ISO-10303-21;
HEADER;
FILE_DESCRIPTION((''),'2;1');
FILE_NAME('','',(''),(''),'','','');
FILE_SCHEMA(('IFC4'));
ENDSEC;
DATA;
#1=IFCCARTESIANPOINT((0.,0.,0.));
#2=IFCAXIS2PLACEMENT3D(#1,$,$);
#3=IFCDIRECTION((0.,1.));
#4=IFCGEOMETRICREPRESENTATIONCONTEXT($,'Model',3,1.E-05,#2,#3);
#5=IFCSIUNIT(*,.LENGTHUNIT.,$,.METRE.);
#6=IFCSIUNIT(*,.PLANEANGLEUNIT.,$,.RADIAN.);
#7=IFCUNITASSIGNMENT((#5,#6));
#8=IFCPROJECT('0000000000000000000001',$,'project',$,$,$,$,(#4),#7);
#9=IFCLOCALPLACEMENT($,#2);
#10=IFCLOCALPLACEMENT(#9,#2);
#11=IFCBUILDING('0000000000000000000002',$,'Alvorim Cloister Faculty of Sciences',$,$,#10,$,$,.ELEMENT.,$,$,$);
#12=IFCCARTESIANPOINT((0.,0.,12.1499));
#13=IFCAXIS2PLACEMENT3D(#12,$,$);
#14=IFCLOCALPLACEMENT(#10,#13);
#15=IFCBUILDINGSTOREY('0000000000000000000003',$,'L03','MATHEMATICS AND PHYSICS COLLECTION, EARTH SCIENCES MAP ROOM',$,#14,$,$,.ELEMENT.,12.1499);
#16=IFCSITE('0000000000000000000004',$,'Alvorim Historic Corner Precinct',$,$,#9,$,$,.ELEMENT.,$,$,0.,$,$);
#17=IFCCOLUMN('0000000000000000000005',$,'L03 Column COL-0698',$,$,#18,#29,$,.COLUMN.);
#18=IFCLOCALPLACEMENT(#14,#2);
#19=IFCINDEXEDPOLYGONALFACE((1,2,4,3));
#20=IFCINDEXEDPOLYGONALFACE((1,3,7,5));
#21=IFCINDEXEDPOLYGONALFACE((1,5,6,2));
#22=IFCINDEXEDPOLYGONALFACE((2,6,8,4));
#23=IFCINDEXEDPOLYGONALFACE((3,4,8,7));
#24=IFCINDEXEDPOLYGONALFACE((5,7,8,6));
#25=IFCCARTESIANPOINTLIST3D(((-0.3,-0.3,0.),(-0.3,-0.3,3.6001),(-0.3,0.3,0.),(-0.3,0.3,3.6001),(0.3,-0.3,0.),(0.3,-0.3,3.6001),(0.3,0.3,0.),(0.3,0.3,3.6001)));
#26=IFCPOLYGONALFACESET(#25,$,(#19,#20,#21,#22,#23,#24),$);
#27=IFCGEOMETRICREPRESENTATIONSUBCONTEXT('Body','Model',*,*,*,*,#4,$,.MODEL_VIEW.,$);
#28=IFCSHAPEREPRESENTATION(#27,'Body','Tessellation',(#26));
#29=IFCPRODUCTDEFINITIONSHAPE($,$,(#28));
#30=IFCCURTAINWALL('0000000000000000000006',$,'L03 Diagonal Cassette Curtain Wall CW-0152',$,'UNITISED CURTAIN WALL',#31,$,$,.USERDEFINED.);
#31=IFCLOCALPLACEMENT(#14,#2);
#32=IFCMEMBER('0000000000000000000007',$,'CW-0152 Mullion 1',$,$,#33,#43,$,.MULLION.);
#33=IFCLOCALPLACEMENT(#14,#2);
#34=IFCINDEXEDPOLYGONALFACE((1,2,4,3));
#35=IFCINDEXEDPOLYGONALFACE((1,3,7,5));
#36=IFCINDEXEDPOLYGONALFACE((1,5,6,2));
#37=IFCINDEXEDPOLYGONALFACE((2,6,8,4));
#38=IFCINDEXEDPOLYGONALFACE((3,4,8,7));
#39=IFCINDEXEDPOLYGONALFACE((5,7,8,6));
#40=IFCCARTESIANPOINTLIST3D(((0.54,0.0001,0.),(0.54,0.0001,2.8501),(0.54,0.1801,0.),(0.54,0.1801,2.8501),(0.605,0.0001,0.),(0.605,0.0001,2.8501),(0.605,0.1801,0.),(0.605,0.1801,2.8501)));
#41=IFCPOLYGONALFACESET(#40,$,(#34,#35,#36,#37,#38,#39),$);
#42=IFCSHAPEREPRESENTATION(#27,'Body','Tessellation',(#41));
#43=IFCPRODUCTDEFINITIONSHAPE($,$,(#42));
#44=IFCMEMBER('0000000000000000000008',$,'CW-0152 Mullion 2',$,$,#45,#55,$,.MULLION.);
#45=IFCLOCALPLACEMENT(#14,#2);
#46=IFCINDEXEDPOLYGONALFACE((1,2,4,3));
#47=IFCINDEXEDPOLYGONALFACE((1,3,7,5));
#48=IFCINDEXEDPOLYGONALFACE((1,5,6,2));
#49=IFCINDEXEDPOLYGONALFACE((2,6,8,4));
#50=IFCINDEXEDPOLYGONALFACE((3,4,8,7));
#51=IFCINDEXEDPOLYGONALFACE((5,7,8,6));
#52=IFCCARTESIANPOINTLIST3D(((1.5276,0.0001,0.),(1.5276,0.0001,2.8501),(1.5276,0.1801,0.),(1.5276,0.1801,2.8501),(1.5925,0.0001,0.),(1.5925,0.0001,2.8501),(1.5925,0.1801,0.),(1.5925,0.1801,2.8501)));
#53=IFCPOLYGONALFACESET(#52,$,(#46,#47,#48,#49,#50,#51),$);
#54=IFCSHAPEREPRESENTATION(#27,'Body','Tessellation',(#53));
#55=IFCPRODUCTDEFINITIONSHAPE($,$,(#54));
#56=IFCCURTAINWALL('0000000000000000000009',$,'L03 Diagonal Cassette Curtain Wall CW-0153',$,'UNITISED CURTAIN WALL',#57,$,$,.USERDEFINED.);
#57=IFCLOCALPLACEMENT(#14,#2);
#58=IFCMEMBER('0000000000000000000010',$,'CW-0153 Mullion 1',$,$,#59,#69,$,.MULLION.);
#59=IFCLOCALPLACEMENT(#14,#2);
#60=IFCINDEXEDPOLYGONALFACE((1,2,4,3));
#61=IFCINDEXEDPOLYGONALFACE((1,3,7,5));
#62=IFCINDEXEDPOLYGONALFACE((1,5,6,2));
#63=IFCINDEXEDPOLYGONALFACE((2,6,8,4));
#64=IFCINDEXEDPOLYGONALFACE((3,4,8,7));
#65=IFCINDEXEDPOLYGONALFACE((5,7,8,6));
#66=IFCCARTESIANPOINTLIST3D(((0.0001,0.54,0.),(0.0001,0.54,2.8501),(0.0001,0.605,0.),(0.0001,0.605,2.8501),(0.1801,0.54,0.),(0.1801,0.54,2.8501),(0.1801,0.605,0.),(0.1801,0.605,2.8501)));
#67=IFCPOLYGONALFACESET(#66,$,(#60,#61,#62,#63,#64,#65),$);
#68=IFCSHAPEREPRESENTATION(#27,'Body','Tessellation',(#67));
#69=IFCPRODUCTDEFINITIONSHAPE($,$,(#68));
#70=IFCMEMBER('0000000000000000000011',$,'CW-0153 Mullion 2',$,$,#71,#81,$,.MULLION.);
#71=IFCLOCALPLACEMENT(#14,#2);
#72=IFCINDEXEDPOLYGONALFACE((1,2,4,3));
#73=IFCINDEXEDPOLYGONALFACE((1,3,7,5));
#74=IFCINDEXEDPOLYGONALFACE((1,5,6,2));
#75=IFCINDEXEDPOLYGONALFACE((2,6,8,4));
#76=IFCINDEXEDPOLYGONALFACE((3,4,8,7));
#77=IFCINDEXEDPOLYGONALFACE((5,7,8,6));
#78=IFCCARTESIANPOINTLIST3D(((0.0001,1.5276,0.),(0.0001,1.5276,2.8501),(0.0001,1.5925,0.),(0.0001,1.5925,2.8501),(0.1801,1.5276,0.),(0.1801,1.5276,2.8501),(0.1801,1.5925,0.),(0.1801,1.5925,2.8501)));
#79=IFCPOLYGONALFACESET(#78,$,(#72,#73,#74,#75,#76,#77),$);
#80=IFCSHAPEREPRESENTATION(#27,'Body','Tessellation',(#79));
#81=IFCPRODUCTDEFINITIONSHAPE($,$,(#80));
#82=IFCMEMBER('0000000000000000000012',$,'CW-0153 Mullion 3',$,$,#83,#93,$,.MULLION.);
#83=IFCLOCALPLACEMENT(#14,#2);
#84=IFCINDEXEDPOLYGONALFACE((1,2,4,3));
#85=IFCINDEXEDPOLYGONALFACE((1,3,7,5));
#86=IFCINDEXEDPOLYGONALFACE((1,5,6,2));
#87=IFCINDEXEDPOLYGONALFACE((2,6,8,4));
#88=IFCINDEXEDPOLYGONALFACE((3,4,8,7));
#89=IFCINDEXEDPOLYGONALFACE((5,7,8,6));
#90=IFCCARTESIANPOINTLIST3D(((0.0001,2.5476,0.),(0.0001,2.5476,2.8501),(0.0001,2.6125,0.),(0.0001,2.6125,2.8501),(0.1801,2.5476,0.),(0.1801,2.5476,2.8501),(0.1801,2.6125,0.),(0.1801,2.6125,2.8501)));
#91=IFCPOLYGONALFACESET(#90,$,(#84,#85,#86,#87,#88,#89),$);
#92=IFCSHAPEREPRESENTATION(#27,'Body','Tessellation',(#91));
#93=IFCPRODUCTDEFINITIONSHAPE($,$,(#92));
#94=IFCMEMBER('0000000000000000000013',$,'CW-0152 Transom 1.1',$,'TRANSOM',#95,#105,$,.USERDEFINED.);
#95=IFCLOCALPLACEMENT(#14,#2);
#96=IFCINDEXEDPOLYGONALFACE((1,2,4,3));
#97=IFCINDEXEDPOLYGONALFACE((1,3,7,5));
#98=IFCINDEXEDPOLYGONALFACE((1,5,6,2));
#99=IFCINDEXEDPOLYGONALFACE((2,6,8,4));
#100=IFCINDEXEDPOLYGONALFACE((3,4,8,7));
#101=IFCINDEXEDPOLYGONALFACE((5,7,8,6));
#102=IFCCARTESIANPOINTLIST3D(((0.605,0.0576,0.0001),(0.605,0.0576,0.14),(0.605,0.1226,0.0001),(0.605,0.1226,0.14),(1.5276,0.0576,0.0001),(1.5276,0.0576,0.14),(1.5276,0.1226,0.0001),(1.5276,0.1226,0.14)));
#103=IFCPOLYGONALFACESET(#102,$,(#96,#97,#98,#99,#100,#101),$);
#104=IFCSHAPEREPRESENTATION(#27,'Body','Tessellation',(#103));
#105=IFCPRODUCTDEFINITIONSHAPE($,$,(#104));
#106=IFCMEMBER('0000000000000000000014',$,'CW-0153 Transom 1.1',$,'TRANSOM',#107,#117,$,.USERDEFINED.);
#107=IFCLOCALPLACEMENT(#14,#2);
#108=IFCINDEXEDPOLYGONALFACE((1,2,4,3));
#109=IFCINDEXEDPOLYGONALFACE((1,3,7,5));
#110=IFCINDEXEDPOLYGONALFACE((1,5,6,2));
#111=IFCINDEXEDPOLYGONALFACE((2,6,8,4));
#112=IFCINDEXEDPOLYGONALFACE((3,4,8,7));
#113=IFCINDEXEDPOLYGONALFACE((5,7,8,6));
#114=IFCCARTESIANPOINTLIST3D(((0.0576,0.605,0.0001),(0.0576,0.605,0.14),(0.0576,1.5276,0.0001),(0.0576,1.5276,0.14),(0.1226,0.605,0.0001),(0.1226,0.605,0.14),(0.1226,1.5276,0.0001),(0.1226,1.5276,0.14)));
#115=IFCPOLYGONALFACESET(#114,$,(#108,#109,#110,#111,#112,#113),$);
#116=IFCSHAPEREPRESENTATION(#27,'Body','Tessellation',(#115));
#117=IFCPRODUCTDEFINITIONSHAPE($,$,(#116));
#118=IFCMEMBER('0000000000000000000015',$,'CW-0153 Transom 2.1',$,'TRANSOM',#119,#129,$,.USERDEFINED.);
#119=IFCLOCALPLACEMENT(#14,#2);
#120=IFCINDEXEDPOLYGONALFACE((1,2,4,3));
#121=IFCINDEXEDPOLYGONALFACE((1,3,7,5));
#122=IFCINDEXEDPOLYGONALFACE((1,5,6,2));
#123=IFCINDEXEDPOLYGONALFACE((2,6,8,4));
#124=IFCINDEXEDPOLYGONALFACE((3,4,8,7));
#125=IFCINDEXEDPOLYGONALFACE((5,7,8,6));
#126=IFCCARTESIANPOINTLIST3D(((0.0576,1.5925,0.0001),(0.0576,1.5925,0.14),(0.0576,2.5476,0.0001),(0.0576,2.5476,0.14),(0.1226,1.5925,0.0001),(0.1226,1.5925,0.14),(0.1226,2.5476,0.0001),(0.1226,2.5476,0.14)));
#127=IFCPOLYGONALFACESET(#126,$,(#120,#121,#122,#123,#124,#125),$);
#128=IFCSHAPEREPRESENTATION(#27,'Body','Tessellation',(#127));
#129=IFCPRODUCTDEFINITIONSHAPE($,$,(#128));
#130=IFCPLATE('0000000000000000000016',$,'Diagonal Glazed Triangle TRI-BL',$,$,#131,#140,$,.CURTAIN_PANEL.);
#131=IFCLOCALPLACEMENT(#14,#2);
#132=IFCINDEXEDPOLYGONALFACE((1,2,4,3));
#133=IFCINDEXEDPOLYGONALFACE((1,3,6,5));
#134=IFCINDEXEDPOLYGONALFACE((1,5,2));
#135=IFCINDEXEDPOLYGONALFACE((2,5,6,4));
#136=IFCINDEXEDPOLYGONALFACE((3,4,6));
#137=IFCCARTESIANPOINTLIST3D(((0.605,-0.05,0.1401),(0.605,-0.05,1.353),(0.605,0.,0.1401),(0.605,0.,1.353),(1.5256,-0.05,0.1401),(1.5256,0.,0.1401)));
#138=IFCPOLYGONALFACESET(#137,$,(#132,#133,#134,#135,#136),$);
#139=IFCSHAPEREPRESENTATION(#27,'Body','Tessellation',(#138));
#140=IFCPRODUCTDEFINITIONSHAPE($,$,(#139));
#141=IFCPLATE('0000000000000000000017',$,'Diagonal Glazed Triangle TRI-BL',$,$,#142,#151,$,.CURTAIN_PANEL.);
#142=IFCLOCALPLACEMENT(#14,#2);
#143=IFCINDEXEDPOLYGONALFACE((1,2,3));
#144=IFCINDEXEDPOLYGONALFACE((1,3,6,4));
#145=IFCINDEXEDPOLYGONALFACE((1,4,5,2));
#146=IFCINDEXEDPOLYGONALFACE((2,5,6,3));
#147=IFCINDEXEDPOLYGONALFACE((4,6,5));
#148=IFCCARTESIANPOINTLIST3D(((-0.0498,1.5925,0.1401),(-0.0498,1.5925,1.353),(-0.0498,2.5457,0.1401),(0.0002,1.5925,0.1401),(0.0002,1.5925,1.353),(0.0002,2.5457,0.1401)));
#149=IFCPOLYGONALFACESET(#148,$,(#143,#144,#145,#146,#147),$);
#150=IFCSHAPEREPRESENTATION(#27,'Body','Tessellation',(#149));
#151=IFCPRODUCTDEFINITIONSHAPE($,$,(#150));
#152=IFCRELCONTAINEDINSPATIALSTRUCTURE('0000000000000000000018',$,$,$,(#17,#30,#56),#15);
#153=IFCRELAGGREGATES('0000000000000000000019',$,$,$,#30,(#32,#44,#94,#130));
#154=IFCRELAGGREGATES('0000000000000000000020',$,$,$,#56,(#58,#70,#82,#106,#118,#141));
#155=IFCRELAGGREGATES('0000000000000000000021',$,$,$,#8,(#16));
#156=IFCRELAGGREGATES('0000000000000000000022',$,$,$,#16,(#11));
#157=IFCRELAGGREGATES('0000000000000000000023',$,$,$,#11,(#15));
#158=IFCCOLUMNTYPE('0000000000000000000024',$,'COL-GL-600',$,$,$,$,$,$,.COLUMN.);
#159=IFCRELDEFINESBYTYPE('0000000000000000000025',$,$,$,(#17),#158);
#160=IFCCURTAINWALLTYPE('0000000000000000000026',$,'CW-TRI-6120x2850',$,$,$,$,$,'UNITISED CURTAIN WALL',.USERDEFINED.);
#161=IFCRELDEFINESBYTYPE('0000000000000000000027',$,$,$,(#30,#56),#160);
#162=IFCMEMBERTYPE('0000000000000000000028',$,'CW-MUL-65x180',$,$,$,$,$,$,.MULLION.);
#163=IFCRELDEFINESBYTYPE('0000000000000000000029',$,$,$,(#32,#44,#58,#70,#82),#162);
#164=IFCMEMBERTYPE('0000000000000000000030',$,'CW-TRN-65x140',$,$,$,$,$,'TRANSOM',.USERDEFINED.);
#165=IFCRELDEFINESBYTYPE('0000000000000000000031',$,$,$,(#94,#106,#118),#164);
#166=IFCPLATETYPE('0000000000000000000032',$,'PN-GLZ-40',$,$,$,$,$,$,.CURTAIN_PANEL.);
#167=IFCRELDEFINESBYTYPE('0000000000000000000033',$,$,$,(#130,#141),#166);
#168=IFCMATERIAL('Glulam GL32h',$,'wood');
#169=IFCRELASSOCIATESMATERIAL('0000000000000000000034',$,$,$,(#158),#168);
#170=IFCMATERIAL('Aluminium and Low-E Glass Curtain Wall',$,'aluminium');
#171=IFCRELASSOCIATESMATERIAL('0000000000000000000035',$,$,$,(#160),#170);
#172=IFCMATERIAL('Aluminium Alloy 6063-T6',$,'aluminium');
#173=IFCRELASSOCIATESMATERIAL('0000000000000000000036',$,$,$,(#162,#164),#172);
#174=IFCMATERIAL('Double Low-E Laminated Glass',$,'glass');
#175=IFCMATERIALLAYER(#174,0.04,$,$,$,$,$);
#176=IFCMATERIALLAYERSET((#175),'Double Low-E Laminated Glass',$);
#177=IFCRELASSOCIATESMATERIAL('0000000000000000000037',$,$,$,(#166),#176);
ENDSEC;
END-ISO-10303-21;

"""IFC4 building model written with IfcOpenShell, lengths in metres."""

from ifc_helpers import new_model, si_unit, direction, frame, origin, origin_with_axes, origin_2d, place, context, subcontext, project, spatial, polyline, rectangle, outline, extrude, material, layer, layer_set, material_profile, profile_set, type_object, element, aggregate, save


model = new_model("IFC4")

# Units and contexts
model_context = context("Model", 3, precision=1e-05, world=origin(), true_north=direction((0.0, 1.0)))
body_context = subcontext(model_context, "Body", "Model", "MODEL_VIEW")
ifc_project = project(units=[si_unit("LENGTHUNIT", "METRE"), si_unit("PLANEANGLEUNIT", "RADIAN")], contexts=[model_context])

# Site, building, storey
site_placement = place(None, origin())
site = spatial("IfcSite", under=ifc_project, at=site_placement, Name="Alvorim Historic Corner Precinct", CompositionType="ELEMENT", RefElevation=0.0)
building_placement = place(site_placement, origin())
building = spatial("IfcBuilding", under=site, at=building_placement, Name="Alvorim Cloister Faculty of Sciences", CompositionType="ELEMENT")
storey_placement = place(building_placement, frame((0.0, 0.0, 12.1499)))
storey = spatial("IfcBuildingStorey", under=building, at=storey_placement, Name="L03", Description="MATHEMATICS AND PHYSICS COLLECTION, EARTH SCIENCES MAP ROOM", CompositionType="ELEMENT", Elevation=12.1499)

# Column
ifc_material_1 = material(Name="Glulam GL32h", Category="wood")
ifc_material_profile_1 = material_profile(ifc_material_1, rectangle(XDim=0.6001, YDim=0.6001, at=origin_2d()), Name="GL32-COL-600x600")
ifc_profile_set_1 = profile_set([ifc_material_profile_1], Name="Glulam GL32h")
column_type = type_object("IfcColumnType", Name="COL-GL-600", PredefinedType="COLUMN", material=ifc_profile_set_1)
column_placement = place(storey_placement, origin_with_axes())
element("IfcColumn", 1, at=column_placement, inside=storey, type_object=column_type, Name="L03 Column COL-0698", PredefinedType="COLUMN", context=body_context, shape_type="SweptSolid", body=[
    extrude(rectangle(XDim=0.6001, YDim=0.6001, at=origin_2d()), origin(), (0.0, 0.0, 1.0), 3.6001),
])

# Curtain walls, members
ifc_material_2 = material(Name="Aluminium and Low-E Glass Curtain Wall", Category="aluminium")
curtain_wall_type = type_object("IfcCurtainWallType", Name="CW-TRI-6120x2850", ElementType="UNITISED CURTAIN WALL", PredefinedType="USERDEFINED", material=ifc_material_2)
curtain_wall_1_placement = place(storey_placement, origin())
curtain_wall_1 = element("IfcCurtainWall", 2, at=curtain_wall_1_placement, inside=storey, type_object=curtain_wall_type, Name="L03 Diagonal Cassette Curtain Wall CW-0152", ObjectType="UNITISED CURTAIN WALL", PredefinedType="USERDEFINED")
ifc_material_3 = material(Name="Aluminium Alloy 6063-T6", Category="aluminium")
ifc_material_profile_2 = material_profile(ifc_material_3, rectangle(XDim=0.0649, YDim=0.1799, at=origin_2d()), Name="ALU-MUL-65x180")
ifc_profile_set_2 = profile_set([ifc_material_profile_2], Name="Aluminium Alloy 6063-T6")
member_type_1 = type_object("IfcMemberType", Name="CW-MUL-65x180", PredefinedType="MULLION", material=ifc_profile_set_2)
member_1_placement = place(storey_placement, frame((0.5725, 0.0901, 0.0), z_axis=(0.0, 0.0, 1.0), x_axis=(1.0, 0.0, 0.0)))
member_1 = element("IfcMember", 3, at=member_1_placement, type_object=member_type_1, Name="CW-0152 Mullion 1", PredefinedType="MULLION", context=body_context, shape_type="SweptSolid", body=[
    extrude(rectangle(XDim=0.0649, YDim=0.1799, at=origin_2d()), origin(), (0.0, 0.0, 1.0), 2.8501),
])
member_2_placement = place(storey_placement, frame((1.5601, 0.0901, 0.0), z_axis=(0.0, 0.0, 1.0), x_axis=(1.0, 0.0, 0.0)))
member_2 = element("IfcMember", 4, at=member_2_placement, type_object=member_type_1, Name="CW-0152 Mullion 2", PredefinedType="MULLION", context=body_context, shape_type="SweptSolid", body=[
    extrude(rectangle(XDim=0.0649, YDim=0.1799, at=origin_2d()), origin(), (0.0, 0.0, 1.0), 2.8501),
])
curtain_wall_2_placement = place(storey_placement, origin())
curtain_wall_2 = element("IfcCurtainWall", 5, at=curtain_wall_2_placement, inside=storey, type_object=curtain_wall_type, Name="L03 Diagonal Cassette Curtain Wall CW-0153", ObjectType="UNITISED CURTAIN WALL", PredefinedType="USERDEFINED")
member_3_placement = place(storey_placement, frame((0.0901, 0.5725, 0.0), z_axis=(0.0, 0.0, 1.0), x_axis=(0.0, 1.0, 0.0)))
member_3 = element("IfcMember", 6, at=member_3_placement, type_object=member_type_1, Name="CW-0153 Mullion 1", PredefinedType="MULLION", context=body_context, shape_type="SweptSolid", body=[
    extrude(rectangle(XDim=0.0649, YDim=0.1799, at=origin_2d()), origin(), (0.0, 0.0, 1.0), 2.8501),
])
member_4_placement = place(storey_placement, frame((0.0901, 1.5601, 0.0), z_axis=(0.0, 0.0, 1.0), x_axis=(0.0, 1.0, 0.0)))
member_4 = element("IfcMember", 7, at=member_4_placement, type_object=member_type_1, Name="CW-0153 Mullion 2", PredefinedType="MULLION", context=body_context, shape_type="SweptSolid", body=[
    extrude(rectangle(XDim=0.0649, YDim=0.1799, at=origin_2d()), origin(), (0.0, 0.0, 1.0), 2.8501),
])
member_5_placement = place(storey_placement, frame((0.0901, 2.5801, 0.0), z_axis=(0.0, 0.0, 1.0), x_axis=(0.0, 1.0, 0.0)))
member_5 = element("IfcMember", 8, at=member_5_placement, type_object=member_type_1, Name="CW-0153 Mullion 3", PredefinedType="MULLION", context=body_context, shape_type="SweptSolid", body=[
    extrude(rectangle(XDim=0.0649, YDim=0.1799, at=origin_2d()), origin(), (0.0, 0.0, 1.0), 2.8501),
])

# Members
ifc_material_profile_3 = material_profile(ifc_material_3, rectangle(XDim=0.0649, YDim=0.1399, at=origin_2d()), Name="ALU-TRN-65x140")
ifc_profile_set_3 = profile_set([ifc_material_profile_3], Name="Aluminium Alloy 6063-T6")
member_type_2 = type_object("IfcMemberType", Name="CW-TRN-65x140", ElementType="TRANSOM", PredefinedType="USERDEFINED", material=ifc_profile_set_3)
member_6_placement = place(storey_placement, frame((0.605, 0.0901, 0.0701), z_axis=(1.0, 0.0, 0.0), x_axis=(0.0, 1.0, 0.0)))
member_6 = element("IfcMember", 9, at=member_6_placement, type_object=member_type_2, Name="CW-0152 Transom 1.1", ObjectType="TRANSOM", PredefinedType="USERDEFINED", context=body_context, shape_type="SweptSolid", body=[
    extrude(rectangle(XDim=0.0649, YDim=0.1399, at=origin_2d()), origin(), (0.0, 0.0, 1.0), 0.9226),
])
member_7_placement = place(storey_placement, frame((0.0901, 0.605, 0.0701), z_axis=(0.0, 1.0, 0.0), x_axis=(-1.0, 0.0, 0.0)))
member_7 = element("IfcMember", 10, at=member_7_placement, type_object=member_type_2, Name="CW-0153 Transom 1.1", ObjectType="TRANSOM", PredefinedType="USERDEFINED", context=body_context, shape_type="SweptSolid", body=[
    extrude(rectangle(XDim=0.0649, YDim=0.1399, at=origin_2d()), origin(), (0.0, 0.0, 1.0), 0.9226),
])
member_8_placement = place(storey_placement, frame((0.0901, 1.5925, 0.0701), z_axis=(0.0, 1.0, 0.0), x_axis=(-1.0, 0.0, 0.0)))
member_8 = element("IfcMember", 11, at=member_8_placement, type_object=member_type_2, Name="CW-0153 Transom 2.1", ObjectType="TRANSOM", PredefinedType="USERDEFINED", context=body_context, shape_type="SweptSolid", body=[
    extrude(rectangle(XDim=0.0649, YDim=0.1399, at=origin_2d()), origin(), (0.0, 0.0, 1.0), 0.9551),
])

# Plates
ifc_material_4 = material(Name="Double Low-E Laminated Glass", Category="glass")
ifc_layer_1 = layer(ifc_material_4, 0.04)
ifc_layer_set_1 = layer_set([ifc_layer_1], Name="Double Low-E Laminated Glass")
plate_type = type_object("IfcPlateType", Name="PN-GLZ-40", PredefinedType="CURTAIN_PANEL", material=ifc_layer_set_1)
plate_1_placement = place(storey_placement, frame((0.605, -0.0249, 0.1401), z_axis=(0.0, 0.0, 1.0), x_axis=(1.0, 0.0, 0.0)))
plate_1 = element("IfcPlate", 12, at=plate_1_placement, type_object=plate_type, Name="Diagonal Glazed Triangle TRI-BL", PredefinedType="CURTAIN_PANEL", context=body_context, shape_type="SweptSolid", body=[
    extrude(outline(polyline([(0.0, 0.0), (0.9207, 0.0), (0.0, 1.2129), (0.0, 0.0)])), frame((0.0, 0.0249, 0.0), z_axis=(0.0, -1.0, 0.0), x_axis=(1.0, 0.0, 0.0)), (0.0, 0.0, 1.0), 0.05),
])
aggregate(curtain_wall_1, [member_1, member_2, member_6, plate_1])
plate_2_placement = place(storey_placement, frame((-0.0249, 1.5925, 0.1401), z_axis=(0.0, 0.0, 1.0), x_axis=(0.0, 1.0, 0.0)))
plate_2 = element("IfcPlate", 13, at=plate_2_placement, type_object=plate_type, Name="Diagonal Glazed Triangle TRI-BL", PredefinedType="CURTAIN_PANEL", context=body_context, shape_type="SweptSolid", body=[
    extrude(outline(polyline([(0.0, 0.0), (0.9531, 0.0), (0.0, 1.2129), (0.0, 0.0)])), frame((0.0, 0.0249, 0.0), z_axis=(0.0, -1.0, 0.0), x_axis=(1.0, 0.0, 0.0)), (0.0, 0.0, 1.0), 0.05),
])
aggregate(curtain_wall_2, [member_3, member_4, member_5, member_7, member_8, plate_2])

save(model, "model.ifc")
